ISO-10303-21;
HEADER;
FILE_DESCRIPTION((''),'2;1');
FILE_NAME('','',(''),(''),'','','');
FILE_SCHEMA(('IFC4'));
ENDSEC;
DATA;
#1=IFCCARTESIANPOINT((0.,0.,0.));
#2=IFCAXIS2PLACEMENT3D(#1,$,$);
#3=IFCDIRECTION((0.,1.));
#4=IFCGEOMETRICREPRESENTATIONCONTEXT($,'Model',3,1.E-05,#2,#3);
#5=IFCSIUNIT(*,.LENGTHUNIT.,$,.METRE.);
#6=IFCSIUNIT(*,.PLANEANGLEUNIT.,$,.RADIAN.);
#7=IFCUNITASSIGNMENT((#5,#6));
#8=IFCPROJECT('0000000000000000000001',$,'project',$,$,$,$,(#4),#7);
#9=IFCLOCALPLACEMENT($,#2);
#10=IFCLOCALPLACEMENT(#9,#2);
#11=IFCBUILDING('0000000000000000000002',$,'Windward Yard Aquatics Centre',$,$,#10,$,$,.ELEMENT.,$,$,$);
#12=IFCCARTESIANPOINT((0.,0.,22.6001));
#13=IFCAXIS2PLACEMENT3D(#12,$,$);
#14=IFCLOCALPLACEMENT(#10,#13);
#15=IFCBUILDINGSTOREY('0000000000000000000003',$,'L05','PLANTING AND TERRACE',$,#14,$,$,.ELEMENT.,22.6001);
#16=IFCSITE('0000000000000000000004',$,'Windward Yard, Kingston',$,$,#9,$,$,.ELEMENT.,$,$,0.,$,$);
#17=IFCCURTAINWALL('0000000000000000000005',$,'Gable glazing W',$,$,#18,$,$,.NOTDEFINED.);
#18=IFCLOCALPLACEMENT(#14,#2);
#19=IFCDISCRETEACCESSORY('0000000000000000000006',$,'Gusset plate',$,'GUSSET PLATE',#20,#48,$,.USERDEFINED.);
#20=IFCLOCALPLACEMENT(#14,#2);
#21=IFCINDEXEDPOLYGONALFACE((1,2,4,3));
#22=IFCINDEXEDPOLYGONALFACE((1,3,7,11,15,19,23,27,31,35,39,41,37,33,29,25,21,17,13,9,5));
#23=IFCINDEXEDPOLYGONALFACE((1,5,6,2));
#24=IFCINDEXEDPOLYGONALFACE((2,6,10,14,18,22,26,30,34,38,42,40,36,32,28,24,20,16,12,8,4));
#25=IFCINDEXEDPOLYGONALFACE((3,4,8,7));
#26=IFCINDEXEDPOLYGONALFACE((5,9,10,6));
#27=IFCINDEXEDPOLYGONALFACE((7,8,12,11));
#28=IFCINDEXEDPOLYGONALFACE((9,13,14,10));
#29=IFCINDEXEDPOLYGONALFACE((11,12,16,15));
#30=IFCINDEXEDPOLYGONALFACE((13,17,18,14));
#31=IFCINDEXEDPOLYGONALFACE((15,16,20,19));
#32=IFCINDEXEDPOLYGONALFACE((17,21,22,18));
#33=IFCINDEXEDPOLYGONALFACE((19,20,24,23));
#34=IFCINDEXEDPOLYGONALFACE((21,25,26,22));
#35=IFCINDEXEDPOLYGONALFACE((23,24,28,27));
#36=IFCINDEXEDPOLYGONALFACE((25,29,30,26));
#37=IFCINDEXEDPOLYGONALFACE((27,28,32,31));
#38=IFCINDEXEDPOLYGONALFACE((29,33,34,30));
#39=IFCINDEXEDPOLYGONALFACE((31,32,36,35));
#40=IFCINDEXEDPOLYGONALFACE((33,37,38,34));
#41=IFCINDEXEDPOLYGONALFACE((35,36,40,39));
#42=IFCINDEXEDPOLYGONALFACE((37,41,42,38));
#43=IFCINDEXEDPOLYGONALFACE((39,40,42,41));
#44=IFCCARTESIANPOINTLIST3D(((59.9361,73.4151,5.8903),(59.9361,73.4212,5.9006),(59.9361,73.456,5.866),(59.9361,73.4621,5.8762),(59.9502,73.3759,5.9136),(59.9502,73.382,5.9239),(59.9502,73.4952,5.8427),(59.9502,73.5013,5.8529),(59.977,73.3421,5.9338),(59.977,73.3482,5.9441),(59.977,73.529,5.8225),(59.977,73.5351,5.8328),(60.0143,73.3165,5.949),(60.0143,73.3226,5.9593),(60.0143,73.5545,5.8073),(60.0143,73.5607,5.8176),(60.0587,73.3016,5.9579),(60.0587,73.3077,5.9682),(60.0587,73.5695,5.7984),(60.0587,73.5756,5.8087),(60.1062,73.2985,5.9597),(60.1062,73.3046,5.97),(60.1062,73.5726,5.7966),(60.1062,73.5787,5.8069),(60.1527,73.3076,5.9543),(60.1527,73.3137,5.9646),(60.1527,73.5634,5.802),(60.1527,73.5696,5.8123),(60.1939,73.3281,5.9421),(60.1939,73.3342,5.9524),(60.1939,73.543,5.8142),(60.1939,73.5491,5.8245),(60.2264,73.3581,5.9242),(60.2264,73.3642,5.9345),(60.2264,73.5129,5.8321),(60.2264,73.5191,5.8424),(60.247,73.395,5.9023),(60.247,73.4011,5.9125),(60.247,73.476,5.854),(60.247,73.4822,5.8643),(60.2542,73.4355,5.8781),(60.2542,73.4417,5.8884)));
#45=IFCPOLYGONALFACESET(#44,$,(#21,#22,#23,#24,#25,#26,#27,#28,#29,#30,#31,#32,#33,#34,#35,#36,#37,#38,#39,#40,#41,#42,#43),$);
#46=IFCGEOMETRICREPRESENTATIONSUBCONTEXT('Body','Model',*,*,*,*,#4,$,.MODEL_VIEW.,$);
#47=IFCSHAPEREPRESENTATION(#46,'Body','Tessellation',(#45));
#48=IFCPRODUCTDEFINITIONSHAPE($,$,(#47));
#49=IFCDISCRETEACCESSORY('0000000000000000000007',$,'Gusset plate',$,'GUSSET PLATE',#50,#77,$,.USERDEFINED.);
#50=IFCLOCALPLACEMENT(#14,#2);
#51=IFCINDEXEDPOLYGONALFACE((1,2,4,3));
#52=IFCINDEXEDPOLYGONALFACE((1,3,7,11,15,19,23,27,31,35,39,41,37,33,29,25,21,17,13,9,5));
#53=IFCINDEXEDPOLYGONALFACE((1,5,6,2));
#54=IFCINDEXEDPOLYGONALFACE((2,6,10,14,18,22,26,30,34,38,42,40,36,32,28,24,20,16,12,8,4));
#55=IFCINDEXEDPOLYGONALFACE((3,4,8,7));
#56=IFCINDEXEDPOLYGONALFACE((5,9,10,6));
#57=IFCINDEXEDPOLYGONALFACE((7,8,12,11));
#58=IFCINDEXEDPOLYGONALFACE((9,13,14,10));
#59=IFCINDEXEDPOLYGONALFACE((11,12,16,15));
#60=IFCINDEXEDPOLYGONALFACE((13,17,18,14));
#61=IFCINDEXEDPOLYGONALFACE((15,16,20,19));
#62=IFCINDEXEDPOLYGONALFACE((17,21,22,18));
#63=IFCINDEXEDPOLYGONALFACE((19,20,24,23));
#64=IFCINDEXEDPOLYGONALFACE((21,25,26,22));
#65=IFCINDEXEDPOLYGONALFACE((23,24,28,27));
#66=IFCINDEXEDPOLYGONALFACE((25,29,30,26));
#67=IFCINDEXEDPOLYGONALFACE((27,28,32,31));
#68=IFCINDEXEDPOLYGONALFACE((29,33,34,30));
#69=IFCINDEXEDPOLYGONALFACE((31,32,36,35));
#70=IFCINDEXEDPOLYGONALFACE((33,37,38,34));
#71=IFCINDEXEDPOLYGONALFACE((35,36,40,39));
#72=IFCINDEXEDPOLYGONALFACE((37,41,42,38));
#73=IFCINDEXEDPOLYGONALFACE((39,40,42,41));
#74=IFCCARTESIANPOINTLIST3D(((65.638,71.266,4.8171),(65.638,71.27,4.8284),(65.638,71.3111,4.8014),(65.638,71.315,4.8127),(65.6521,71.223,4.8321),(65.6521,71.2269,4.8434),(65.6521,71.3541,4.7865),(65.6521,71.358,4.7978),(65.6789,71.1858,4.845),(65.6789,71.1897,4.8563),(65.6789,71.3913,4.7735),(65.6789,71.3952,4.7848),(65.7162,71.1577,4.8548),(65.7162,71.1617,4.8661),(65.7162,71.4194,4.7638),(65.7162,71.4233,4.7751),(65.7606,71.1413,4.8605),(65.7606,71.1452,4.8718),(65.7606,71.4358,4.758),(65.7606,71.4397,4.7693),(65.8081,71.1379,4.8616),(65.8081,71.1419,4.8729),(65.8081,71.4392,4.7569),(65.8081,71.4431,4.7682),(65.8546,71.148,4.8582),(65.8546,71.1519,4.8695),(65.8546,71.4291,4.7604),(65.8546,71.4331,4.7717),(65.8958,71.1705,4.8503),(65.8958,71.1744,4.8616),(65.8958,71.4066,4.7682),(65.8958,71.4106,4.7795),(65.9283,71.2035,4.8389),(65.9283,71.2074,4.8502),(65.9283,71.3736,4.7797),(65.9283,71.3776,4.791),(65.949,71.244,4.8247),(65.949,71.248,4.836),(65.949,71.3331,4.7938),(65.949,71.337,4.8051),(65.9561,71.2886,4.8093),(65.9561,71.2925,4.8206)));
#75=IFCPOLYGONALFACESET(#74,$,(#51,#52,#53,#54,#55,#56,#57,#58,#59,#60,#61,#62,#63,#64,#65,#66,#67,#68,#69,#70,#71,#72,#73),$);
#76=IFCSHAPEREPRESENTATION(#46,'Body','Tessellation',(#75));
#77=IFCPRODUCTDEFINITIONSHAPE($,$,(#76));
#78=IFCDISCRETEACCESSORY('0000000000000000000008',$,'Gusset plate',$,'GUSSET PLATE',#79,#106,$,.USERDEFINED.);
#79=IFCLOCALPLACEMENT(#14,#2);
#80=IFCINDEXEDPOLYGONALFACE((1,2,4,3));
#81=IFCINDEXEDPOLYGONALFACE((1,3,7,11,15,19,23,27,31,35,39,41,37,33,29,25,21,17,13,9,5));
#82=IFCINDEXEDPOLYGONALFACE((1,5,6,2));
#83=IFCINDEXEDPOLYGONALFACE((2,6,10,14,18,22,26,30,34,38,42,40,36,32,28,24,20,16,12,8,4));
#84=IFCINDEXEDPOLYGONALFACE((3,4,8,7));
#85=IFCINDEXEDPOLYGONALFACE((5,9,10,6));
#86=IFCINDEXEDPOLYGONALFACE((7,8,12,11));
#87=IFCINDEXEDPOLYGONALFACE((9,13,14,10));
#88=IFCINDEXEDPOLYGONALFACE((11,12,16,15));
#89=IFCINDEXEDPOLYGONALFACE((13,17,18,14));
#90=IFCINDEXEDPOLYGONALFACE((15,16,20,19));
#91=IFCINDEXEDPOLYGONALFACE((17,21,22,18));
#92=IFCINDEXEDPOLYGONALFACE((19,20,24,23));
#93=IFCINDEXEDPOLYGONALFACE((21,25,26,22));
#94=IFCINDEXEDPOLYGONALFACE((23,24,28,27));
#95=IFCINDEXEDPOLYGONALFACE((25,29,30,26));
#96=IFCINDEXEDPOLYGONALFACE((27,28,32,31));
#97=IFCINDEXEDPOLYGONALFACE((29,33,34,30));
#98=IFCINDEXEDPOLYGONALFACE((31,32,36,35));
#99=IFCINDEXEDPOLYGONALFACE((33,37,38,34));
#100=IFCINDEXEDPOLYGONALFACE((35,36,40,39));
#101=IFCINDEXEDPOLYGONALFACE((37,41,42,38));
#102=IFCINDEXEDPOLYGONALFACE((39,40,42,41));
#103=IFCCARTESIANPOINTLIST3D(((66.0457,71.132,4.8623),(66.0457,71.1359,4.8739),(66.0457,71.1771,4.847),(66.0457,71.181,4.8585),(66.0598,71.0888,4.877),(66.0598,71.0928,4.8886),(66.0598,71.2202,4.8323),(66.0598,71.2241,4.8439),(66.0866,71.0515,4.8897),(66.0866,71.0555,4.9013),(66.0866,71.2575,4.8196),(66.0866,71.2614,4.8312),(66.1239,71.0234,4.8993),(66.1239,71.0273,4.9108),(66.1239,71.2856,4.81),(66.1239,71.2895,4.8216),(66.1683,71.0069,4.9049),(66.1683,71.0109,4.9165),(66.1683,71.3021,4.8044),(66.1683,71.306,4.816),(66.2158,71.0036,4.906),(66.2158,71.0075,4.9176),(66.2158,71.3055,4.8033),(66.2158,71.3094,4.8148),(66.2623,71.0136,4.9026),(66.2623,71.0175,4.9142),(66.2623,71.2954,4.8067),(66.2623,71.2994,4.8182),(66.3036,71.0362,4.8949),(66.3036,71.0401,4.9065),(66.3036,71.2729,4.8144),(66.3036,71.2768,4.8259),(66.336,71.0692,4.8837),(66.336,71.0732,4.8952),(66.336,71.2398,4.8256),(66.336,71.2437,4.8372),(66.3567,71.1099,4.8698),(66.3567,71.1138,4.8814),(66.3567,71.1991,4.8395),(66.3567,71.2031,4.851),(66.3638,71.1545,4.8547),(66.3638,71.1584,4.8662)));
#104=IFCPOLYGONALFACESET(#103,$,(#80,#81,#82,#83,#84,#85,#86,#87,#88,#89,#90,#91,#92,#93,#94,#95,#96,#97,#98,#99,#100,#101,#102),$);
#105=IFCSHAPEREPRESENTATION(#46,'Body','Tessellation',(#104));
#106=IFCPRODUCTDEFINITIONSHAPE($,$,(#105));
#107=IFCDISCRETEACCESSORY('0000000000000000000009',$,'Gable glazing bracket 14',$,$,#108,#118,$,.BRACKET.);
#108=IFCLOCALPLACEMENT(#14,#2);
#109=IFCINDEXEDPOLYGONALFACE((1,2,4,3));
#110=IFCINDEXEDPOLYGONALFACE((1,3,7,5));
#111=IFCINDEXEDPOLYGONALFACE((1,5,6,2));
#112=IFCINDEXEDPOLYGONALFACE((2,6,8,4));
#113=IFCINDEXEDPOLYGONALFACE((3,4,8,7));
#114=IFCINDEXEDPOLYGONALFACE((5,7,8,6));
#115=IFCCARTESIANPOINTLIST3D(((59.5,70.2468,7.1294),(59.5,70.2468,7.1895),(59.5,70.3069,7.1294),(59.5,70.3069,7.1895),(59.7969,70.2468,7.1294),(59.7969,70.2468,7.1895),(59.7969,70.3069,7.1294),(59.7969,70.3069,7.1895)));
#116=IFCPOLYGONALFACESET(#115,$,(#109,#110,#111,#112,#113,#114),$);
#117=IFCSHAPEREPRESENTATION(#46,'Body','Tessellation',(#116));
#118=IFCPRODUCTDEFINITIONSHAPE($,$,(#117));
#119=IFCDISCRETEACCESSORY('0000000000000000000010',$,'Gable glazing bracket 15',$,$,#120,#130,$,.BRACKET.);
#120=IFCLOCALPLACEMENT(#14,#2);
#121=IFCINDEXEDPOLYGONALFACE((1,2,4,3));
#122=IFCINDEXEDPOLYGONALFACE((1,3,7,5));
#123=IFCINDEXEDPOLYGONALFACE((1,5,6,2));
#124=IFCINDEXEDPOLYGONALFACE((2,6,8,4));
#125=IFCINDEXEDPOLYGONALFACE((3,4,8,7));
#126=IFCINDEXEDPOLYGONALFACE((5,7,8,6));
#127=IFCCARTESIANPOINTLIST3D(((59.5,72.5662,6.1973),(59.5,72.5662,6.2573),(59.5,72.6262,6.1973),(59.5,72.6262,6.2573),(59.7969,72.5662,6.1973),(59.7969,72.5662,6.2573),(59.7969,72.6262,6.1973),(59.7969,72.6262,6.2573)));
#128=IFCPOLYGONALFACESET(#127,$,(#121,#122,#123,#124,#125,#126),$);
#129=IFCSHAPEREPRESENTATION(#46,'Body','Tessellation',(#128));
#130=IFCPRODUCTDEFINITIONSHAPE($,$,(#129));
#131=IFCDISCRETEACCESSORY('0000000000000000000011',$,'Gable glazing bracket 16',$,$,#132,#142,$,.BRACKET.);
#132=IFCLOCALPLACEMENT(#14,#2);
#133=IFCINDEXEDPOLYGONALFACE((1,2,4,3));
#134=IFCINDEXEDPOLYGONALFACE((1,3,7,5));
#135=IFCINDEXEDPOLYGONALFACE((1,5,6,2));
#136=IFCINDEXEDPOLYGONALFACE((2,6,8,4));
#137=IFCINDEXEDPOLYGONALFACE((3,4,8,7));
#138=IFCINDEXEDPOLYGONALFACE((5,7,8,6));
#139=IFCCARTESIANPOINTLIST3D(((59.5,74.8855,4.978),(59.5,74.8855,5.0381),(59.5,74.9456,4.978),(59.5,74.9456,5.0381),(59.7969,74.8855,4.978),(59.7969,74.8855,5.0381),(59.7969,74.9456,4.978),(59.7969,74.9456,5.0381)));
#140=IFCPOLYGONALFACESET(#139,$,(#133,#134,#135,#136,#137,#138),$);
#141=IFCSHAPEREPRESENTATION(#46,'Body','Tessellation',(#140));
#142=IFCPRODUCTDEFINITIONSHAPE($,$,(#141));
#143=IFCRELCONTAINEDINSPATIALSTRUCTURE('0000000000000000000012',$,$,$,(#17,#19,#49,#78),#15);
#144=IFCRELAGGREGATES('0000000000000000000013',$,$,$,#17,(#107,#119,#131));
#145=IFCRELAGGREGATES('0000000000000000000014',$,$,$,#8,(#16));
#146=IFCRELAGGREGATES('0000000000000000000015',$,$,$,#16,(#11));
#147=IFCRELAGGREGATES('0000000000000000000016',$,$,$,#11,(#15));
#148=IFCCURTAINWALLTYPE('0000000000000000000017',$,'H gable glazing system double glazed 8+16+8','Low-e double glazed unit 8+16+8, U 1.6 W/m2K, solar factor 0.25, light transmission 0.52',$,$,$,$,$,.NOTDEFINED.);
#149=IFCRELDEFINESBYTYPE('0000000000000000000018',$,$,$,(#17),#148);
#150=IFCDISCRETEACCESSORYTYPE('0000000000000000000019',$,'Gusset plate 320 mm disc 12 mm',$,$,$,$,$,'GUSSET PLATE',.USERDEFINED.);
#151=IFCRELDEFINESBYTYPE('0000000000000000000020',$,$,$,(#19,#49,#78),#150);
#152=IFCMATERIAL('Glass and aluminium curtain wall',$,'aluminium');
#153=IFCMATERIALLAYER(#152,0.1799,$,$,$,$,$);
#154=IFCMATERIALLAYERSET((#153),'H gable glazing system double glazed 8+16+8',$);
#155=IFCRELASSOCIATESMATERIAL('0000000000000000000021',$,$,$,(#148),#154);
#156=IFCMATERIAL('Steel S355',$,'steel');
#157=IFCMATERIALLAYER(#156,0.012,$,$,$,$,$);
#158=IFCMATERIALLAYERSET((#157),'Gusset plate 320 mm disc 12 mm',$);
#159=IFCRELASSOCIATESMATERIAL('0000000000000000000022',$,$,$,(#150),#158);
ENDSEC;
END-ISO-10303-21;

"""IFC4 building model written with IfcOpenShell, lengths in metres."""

from ifc_helpers import new_model, si_unit, direction, frame, origin, origin_2d, place, context, subcontext, project, spatial, rectangle, circle, extrude, material, layer, layer_set, type_object, element, aggregate, save


model = new_model("IFC4")

# Units and contexts
model_context = context("Model", 3, precision=1e-05, world=origin(), true_north=direction((0.0, 1.0)))
body_context = subcontext(model_context, "Body", "Model", "MODEL_VIEW")
ifc_project = project(units=[si_unit("LENGTHUNIT", "METRE"), si_unit("PLANEANGLEUNIT", "RADIAN")], contexts=[model_context])

# Site, building, storey
site_placement = place(None, origin())
site = spatial("IfcSite", under=ifc_project, at=site_placement, Name="Windward Yard, Kingston", CompositionType="ELEMENT", RefElevation=0.0)
building_placement = place(site_placement, origin())
building = spatial("IfcBuilding", under=site, at=building_placement, Name="Windward Yard Aquatics Centre", CompositionType="ELEMENT")
storey_placement = place(building_placement, frame((0.0, 0.0, 22.6001)))
storey = spatial("IfcBuildingStorey", under=building, at=storey_placement, Name="L05", Description="PLANTING AND TERRACE", CompositionType="ELEMENT", Elevation=22.6001)

# Curtain wall
ifc_material_1 = material(Name="Glass and aluminium curtain wall", Category="aluminium")
ifc_layer_1 = layer(ifc_material_1, 0.1799)
ifc_layer_set_1 = layer_set([ifc_layer_1], Name="H gable glazing system double glazed 8+16+8")
curtain_wall_type = type_object("IfcCurtainWallType", Name="H gable glazing system double glazed 8+16+8", Description="Low-e double glazed unit 8+16+8, U 1.6 W/m2K, solar factor 0.25, light transmission 0.52", PredefinedType="NOTDEFINED", material=ifc_layer_set_1)
curtain_wall_placement = place(storey_placement, origin())
curtain_wall = element("IfcCurtainWall", 1, at=curtain_wall_placement, inside=storey, type_object=curtain_wall_type, Name="Gable glazing W", PredefinedType="NOTDEFINED")

# Discrete accessories
ifc_material_2 = material(Name="Steel S355", Category="steel")
ifc_layer_2 = layer(ifc_material_2, 0.012)
ifc_layer_set_2 = layer_set([ifc_layer_2], Name="Gusset plate 320 mm disc 12 mm")
discrete_accessory_type = type_object("IfcDiscreteAccessoryType", Name="Gusset plate 320 mm disc 12 mm", ElementType="GUSSET PLATE", PredefinedType="USERDEFINED", material=ifc_layer_set_2)
for number, where, z_axis, x_axis, name in (
    (2, (60.0942, 73.4417, 5.8884), (0.0, -0.511484, -0.859293), (1.0, 0.0, 0.0), "Gusset plate"),
    (3, (65.7961, 71.2925, 4.8206), (0.0, -0.328521, -0.944497), (1.0, 0.0, 0.0), "Gusset plate"),
):
    element("IfcDiscreteAccessory", number, at=place(storey_placement, frame(where, z_axis=z_axis, x_axis=x_axis)), inside=storey, type_object=discrete_accessory_type, Name=name, ObjectType="GUSSET PLATE", PredefinedType="USERDEFINED", context=body_context, shape_type="SweptSolid", body=[
        extrude(circle(Radius=0.1599, at=origin_2d()), origin(), (0.0, 0.0, 1.0), 0.012),
    ])
discrete_accessory_1_placement = place(storey_placement, frame((66.2039, 71.1584, 4.8662), z_axis=(0.0, -0.322264, -0.94665), x_axis=(1.0, 0.0, 0.0)))
element("IfcDiscreteAccessory", 4, at=discrete_accessory_1_placement, inside=storey, type_object=discrete_accessory_type, Name="Gusset plate", ObjectType="GUSSET PLATE", PredefinedType="USERDEFINED", context=body_context, shape_type="SweptSolid", body=[
    extrude(circle(Radius=0.1599, at=origin_2d()), origin(), (0.0, 0.0, 1.0), 0.0122),
])

# Discrete accessories
discrete_accessory_2_placement = place(storey_placement, frame((59.5, 70.2769, 7.1594), z_axis=(1.0, 0.0, 0.0), x_axis=(0.0, 1.0, 0.0)))
discrete_accessory_2 = element("IfcDiscreteAccessory", 5, at=discrete_accessory_2_placement, Name="Gable glazing bracket 14", PredefinedType="BRACKET", context=body_context, shape_type="SweptSolid", body=[
    extrude(rectangle(XDim=0.0601, YDim=0.0601, at=origin_2d()), origin(), (0.0, 0.0, 1.0), 0.2969),
])
discrete_accessory_3_placement = place(storey_placement, frame((59.5, 72.5962, 6.2273), z_axis=(1.0, 0.0, 0.0), x_axis=(0.0, 1.0, 0.0)))
discrete_accessory_3 = element("IfcDiscreteAccessory", 6, at=discrete_accessory_3_placement, Name="Gable glazing bracket 15", PredefinedType="BRACKET", context=body_context, shape_type="SweptSolid", body=[
    extrude(rectangle(XDim=0.0601, YDim=0.0601, at=origin_2d()), origin(), (0.0, 0.0, 1.0), 0.2969),
])
discrete_accessory_4_placement = place(storey_placement, frame((59.5, 74.9155, 5.0081), z_axis=(1.0, 0.0, 0.0), x_axis=(0.0, 1.0, 0.0)))
discrete_accessory_4 = element("IfcDiscreteAccessory", 7, at=discrete_accessory_4_placement, Name="Gable glazing bracket 16", PredefinedType="BRACKET", context=body_context, shape_type="SweptSolid", body=[
    extrude(rectangle(XDim=0.0601, YDim=0.0601, at=origin_2d()), origin(), (0.0, 0.0, 1.0), 0.2969),
])
aggregate(curtain_wall, [discrete_accessory_2, discrete_accessory_3, discrete_accessory_4])

save(model, "model.ifc")
